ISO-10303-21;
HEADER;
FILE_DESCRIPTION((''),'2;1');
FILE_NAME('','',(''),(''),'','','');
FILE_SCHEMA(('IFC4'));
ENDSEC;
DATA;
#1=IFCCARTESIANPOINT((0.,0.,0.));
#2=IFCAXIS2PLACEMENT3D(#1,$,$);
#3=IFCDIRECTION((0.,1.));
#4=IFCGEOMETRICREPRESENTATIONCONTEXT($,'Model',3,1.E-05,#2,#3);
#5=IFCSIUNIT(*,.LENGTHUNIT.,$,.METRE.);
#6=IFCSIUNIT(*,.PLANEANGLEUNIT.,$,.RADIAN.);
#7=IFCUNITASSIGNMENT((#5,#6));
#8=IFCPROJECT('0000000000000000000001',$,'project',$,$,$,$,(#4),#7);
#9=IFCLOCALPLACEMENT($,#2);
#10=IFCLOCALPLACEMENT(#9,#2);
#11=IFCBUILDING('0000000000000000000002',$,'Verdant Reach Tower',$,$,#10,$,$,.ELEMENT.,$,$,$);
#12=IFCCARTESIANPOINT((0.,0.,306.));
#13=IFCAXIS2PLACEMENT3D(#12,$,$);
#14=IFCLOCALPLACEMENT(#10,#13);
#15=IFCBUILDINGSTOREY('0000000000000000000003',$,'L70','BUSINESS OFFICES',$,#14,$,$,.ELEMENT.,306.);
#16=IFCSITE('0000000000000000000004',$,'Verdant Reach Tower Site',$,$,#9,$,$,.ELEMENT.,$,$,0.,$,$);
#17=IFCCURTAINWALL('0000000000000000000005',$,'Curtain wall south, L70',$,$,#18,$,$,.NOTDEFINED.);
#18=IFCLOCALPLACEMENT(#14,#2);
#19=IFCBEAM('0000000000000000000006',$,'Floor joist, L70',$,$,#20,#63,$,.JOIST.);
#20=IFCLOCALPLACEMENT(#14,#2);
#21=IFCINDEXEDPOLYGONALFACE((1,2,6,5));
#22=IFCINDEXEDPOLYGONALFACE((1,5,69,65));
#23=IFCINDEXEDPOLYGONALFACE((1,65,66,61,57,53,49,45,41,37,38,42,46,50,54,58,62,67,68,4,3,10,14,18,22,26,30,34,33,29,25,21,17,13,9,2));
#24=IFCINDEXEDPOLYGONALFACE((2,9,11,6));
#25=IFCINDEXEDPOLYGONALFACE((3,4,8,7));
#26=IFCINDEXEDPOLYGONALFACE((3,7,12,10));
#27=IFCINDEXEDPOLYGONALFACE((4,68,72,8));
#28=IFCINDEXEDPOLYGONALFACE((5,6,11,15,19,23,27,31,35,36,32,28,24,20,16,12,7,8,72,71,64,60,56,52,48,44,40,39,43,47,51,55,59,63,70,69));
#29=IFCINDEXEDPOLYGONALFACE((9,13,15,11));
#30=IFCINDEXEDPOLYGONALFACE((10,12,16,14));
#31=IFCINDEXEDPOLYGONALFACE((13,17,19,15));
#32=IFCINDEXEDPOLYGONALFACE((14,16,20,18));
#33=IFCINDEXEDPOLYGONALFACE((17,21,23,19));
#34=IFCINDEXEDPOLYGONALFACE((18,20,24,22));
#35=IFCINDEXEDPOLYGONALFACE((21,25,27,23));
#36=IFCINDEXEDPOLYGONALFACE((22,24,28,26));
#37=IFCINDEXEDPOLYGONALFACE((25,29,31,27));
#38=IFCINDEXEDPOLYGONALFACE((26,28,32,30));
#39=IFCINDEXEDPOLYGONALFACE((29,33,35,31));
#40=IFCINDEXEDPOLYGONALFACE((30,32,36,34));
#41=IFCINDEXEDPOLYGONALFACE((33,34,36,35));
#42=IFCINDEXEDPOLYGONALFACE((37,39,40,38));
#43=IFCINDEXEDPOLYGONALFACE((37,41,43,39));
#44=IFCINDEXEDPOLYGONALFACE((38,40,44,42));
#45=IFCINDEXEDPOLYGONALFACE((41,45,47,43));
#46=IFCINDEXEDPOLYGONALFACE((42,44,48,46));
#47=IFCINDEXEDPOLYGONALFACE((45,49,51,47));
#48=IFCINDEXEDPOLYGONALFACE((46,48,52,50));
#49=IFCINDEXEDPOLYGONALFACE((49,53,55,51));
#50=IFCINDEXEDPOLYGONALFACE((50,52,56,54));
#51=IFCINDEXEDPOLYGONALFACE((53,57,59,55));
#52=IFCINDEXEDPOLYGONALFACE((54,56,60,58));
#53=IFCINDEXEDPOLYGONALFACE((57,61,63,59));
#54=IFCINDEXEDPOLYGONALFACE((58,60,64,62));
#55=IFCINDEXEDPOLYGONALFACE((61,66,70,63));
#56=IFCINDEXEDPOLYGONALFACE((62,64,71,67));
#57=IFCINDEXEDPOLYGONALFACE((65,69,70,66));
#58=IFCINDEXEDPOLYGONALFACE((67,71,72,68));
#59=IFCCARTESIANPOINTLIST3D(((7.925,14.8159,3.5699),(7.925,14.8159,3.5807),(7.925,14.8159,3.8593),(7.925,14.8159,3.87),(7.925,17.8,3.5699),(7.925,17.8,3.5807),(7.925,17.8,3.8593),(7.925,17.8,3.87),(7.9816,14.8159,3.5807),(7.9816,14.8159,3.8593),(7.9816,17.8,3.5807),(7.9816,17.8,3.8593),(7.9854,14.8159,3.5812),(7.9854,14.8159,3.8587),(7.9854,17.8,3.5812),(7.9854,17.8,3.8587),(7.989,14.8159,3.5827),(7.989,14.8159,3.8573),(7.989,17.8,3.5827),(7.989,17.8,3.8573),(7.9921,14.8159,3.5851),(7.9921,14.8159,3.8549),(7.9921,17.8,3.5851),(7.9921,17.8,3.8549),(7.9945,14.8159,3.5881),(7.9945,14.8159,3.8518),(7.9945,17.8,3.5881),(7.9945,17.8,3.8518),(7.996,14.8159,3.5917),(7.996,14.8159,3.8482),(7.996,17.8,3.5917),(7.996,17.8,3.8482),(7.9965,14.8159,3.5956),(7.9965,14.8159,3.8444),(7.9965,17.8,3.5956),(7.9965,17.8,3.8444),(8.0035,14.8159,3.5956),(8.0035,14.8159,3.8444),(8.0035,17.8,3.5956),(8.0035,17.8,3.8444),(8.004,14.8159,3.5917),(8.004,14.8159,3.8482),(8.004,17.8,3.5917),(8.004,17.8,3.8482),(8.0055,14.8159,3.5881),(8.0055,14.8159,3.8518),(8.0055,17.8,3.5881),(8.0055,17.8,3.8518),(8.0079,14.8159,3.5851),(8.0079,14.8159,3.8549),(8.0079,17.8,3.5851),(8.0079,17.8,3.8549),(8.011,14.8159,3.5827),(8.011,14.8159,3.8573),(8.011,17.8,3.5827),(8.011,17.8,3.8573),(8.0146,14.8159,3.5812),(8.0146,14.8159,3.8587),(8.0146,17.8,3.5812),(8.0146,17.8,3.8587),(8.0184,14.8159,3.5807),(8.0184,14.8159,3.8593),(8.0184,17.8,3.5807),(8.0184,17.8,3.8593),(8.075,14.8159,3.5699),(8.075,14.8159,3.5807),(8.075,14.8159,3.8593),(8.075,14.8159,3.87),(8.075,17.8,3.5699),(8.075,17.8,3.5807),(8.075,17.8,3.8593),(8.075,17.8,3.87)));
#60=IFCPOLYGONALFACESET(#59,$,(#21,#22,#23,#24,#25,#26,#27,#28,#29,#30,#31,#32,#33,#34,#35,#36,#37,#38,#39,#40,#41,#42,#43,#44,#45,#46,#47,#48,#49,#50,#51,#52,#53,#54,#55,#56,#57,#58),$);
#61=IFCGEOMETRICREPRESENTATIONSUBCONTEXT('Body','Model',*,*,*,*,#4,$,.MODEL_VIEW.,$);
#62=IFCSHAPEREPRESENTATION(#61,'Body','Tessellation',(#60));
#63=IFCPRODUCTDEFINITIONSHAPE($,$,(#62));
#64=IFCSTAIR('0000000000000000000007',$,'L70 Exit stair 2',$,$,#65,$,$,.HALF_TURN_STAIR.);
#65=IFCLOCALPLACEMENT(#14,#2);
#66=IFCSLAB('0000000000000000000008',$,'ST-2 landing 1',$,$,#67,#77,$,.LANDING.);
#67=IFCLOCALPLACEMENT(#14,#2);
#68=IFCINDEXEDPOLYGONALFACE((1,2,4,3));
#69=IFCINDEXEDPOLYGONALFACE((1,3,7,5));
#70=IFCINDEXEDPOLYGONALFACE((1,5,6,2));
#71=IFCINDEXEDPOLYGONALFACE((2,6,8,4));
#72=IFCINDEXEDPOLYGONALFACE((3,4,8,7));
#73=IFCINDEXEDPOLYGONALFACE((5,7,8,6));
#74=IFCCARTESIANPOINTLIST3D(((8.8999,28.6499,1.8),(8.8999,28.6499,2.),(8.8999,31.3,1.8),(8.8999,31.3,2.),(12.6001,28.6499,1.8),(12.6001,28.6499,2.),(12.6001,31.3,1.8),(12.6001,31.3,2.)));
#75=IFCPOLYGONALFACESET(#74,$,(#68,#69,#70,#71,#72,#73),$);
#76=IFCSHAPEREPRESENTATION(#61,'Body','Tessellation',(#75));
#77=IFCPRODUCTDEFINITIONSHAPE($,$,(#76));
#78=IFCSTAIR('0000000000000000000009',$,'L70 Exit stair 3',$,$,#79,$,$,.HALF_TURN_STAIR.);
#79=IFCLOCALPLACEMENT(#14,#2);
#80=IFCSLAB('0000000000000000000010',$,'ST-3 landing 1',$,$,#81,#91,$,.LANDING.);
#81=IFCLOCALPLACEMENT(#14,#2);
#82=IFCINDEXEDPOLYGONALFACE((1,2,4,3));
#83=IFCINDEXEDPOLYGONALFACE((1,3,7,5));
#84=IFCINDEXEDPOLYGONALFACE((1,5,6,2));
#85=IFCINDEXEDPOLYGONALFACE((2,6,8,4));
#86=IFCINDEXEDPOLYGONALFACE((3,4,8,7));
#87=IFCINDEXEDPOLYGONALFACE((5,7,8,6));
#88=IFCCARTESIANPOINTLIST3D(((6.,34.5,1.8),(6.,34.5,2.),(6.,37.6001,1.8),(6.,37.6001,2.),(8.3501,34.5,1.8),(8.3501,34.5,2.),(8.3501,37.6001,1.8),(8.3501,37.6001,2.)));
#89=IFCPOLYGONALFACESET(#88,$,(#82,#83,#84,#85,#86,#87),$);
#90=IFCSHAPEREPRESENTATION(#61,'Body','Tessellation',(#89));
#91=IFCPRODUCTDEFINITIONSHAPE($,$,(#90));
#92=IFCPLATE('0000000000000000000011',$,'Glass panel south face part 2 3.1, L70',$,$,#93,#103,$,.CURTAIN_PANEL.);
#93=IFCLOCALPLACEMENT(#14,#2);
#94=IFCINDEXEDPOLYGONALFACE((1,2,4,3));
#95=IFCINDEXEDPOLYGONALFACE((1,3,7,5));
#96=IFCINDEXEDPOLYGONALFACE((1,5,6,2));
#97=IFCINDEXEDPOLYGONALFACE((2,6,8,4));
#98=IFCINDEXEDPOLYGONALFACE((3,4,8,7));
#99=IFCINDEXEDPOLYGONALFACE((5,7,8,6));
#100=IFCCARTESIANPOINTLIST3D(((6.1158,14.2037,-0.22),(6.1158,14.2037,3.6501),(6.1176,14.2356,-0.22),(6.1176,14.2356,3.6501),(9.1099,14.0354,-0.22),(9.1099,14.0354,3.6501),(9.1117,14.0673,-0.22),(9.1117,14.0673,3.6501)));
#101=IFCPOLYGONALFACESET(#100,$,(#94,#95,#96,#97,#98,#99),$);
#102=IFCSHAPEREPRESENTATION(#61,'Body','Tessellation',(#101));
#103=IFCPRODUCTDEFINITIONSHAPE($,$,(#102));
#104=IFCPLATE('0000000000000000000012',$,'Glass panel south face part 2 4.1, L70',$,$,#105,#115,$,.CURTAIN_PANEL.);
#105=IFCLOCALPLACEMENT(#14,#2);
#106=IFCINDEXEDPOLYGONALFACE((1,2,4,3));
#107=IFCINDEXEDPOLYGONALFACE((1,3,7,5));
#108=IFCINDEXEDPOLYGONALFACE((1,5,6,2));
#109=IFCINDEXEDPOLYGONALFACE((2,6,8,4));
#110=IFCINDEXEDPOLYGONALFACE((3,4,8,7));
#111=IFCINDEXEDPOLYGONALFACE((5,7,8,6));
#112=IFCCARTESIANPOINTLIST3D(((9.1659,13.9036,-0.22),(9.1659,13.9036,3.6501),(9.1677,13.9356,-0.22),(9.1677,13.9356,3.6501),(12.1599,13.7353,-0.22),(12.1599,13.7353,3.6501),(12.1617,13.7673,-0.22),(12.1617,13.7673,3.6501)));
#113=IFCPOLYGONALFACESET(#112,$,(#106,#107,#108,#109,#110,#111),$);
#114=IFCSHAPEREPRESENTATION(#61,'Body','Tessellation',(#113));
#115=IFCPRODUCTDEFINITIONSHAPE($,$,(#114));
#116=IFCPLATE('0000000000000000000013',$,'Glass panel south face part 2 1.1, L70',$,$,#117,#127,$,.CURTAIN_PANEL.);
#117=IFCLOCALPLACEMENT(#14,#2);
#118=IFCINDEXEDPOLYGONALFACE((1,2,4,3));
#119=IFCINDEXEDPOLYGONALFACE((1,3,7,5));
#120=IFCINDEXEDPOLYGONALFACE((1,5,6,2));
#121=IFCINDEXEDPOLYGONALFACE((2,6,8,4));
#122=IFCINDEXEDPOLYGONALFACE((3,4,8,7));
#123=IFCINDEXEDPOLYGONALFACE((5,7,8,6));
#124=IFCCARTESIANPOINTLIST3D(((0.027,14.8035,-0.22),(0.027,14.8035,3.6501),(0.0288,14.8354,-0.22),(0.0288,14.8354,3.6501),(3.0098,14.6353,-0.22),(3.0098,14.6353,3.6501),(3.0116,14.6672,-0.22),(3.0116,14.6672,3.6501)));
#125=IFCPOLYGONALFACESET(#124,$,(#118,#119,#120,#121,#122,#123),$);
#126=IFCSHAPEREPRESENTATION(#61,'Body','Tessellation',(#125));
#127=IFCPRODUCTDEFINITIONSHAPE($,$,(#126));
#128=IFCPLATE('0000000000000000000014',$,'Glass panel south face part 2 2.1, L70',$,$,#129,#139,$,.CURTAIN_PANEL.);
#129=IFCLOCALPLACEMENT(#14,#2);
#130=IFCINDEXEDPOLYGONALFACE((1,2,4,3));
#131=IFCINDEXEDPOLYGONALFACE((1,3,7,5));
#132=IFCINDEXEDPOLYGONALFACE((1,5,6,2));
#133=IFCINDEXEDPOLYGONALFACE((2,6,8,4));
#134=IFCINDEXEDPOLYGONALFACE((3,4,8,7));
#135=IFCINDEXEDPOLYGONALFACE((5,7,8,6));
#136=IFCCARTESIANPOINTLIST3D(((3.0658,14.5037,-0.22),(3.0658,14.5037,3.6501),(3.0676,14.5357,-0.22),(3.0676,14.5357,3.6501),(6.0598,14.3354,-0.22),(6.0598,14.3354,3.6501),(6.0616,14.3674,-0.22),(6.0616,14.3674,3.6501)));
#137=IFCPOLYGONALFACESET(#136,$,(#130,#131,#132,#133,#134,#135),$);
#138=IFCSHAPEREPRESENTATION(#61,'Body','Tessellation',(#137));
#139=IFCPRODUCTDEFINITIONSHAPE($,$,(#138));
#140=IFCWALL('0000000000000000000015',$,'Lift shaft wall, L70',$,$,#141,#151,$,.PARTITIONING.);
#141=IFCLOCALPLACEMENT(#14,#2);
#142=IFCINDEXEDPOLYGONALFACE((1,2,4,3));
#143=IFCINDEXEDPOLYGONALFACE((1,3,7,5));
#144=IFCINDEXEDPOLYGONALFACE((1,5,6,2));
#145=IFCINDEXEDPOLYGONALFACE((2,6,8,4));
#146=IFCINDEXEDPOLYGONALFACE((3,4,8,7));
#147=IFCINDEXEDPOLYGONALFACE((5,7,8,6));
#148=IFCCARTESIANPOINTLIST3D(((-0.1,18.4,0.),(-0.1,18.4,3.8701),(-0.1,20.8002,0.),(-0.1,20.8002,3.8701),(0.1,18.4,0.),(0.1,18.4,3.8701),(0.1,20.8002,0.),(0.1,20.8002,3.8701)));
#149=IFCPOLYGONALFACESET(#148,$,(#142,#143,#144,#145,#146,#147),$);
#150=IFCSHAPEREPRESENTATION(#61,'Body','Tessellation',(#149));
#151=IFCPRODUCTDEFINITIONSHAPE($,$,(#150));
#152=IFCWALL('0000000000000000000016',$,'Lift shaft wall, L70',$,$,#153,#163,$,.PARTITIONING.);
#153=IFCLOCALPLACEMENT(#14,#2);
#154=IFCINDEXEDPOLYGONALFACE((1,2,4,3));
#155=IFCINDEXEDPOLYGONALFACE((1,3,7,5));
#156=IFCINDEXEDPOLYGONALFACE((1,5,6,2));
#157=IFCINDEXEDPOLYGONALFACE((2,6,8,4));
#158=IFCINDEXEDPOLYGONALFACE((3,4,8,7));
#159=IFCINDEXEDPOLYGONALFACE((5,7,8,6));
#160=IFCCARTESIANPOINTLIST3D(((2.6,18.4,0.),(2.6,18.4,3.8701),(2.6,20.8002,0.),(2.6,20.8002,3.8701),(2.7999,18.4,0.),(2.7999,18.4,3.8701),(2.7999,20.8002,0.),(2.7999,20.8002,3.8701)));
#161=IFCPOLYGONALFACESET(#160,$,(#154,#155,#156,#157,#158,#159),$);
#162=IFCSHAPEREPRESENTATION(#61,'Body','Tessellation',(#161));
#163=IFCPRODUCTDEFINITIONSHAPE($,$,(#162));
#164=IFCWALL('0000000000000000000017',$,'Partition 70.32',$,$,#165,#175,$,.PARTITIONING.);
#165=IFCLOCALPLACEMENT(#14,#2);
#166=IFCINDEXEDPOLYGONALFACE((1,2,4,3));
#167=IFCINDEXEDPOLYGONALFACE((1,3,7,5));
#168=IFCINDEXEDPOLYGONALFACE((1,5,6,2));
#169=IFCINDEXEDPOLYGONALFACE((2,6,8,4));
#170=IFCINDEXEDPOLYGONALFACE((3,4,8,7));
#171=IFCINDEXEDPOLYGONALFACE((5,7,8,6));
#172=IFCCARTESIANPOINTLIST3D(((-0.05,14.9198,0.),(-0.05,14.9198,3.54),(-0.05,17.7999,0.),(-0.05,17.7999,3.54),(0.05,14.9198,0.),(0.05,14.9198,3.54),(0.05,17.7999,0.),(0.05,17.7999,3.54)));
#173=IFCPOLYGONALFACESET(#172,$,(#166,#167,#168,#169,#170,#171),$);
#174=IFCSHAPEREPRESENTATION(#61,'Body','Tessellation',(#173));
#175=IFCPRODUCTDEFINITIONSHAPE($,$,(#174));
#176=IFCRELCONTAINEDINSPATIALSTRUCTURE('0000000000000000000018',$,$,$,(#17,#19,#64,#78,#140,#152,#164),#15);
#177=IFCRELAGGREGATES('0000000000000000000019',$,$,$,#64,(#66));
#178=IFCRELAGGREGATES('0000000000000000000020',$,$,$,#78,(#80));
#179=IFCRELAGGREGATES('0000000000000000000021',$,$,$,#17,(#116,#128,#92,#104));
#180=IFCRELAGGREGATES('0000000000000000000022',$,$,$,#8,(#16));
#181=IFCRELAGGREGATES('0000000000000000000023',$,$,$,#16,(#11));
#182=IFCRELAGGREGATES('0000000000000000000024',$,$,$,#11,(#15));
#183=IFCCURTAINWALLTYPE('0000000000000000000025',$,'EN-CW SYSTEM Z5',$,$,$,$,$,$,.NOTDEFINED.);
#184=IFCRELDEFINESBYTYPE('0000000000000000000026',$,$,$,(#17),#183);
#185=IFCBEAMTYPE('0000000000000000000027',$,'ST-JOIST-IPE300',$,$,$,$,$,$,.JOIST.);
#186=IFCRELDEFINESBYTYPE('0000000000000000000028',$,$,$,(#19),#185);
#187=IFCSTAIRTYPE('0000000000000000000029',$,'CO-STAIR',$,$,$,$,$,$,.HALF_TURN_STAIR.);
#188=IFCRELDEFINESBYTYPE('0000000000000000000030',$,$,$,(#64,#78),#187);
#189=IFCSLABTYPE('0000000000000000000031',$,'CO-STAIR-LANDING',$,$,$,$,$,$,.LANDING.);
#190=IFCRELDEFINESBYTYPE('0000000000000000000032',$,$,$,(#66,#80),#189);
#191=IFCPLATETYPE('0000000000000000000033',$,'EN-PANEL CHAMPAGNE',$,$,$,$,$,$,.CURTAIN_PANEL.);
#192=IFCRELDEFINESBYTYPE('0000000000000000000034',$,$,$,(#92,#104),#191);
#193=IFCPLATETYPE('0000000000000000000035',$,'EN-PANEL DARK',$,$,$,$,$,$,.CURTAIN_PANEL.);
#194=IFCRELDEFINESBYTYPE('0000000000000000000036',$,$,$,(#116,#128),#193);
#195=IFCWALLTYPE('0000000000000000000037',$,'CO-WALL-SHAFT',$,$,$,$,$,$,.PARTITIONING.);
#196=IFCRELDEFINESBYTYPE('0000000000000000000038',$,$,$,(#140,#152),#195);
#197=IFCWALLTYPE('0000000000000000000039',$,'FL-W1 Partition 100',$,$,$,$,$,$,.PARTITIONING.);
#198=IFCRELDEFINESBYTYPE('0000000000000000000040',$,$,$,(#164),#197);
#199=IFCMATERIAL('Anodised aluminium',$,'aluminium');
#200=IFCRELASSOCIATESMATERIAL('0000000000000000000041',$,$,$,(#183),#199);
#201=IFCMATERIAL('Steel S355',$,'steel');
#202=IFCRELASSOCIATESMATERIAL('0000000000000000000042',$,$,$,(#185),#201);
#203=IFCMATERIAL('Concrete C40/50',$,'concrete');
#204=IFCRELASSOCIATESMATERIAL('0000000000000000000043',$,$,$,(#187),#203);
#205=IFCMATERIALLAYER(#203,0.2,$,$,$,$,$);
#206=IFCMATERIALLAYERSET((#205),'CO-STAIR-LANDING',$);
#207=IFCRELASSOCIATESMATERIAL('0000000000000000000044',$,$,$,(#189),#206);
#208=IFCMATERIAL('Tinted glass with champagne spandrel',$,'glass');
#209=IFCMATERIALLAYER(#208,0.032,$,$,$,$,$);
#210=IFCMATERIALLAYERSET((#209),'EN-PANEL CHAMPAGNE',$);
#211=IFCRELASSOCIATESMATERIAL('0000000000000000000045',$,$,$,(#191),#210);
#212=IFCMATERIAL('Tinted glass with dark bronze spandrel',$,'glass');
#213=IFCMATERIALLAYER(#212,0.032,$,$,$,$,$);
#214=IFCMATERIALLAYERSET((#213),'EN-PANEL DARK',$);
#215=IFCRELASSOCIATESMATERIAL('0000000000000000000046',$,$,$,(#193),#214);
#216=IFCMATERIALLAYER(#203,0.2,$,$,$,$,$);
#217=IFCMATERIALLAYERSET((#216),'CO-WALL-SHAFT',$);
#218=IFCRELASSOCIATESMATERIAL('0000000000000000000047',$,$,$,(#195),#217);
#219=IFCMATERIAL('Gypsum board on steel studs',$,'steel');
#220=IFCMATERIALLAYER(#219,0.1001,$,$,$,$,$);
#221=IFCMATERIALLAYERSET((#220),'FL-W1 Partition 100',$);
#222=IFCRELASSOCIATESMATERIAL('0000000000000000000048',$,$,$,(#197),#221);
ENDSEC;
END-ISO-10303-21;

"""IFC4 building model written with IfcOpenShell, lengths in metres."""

from ifc_helpers import new_model, si_unit, direction, frame, frame_2d, origin, origin_2d, place, context, subcontext, project, spatial, polyline, rectangle, i_section, outline, extrude, material, layer, layer_set, material_profile, profile_set, type_object, element, aggregate, save


model = new_model("IFC4")

# Units and contexts
model_context = context("Model", 3, precision=1e-05, world=origin(), true_north=direction((0.0, 1.0)))
body_context = subcontext(model_context, "Body", "Model", "MODEL_VIEW")
ifc_project = project(units=[si_unit("LENGTHUNIT", "METRE"), si_unit("PLANEANGLEUNIT", "RADIAN")], contexts=[model_context])

# Site, building, storey
site_placement = place(None, origin())
site = spatial("IfcSite", under=ifc_project, at=site_placement, Name="Verdant Reach Tower Site", CompositionType="ELEMENT", RefElevation=0.0)
building_placement = place(site_placement, origin())
building = spatial("IfcBuilding", under=site, at=building_placement, Name="Verdant Reach Tower", CompositionType="ELEMENT")
storey_placement = place(building_placement, frame((0.0, 0.0, 306.0)))
storey = spatial("IfcBuildingStorey", under=building, at=storey_placement, Name="L70", Description="BUSINESS OFFICES", CompositionType="ELEMENT", Elevation=306.0)

# Curtain wall
ifc_material_1 = material(Name="Anodised aluminium", Category="aluminium")
curtain_wall_type = type_object("IfcCurtainWallType", Name="EN-CW SYSTEM Z5", PredefinedType="NOTDEFINED", material=ifc_material_1)
curtain_wall_placement = place(storey_placement, origin())
curtain_wall = element("IfcCurtainWall", 1, at=curtain_wall_placement, inside=storey, type_object=curtain_wall_type, Name="Curtain wall south, L70", PredefinedType="NOTDEFINED")

# Beam
ifc_material_2 = material(Name="Steel S355", Category="steel")
ifc_material_profile_1 = material_profile(ifc_material_2, i_section(OverallWidth=0.1499, OverallDepth=0.3, WebThickness=0.0071, FlangeThickness=0.0107, FilletRadius=0.0149, at=origin_2d()), Name="IPE 300")
ifc_profile_set_1 = profile_set([ifc_material_profile_1], Name="Steel S355")
beam_type = type_object("IfcBeamType", Name="ST-JOIST-IPE300", PredefinedType="JOIST", material=ifc_profile_set_1)
beam_1_placement = place(storey_placement, frame((8.0, 17.8, 3.72), z_axis=(0.0, -1.0, 0.0), x_axis=(1.0, 0.0, 0.0)))
element("IfcBeam", 2, at=beam_1_placement, inside=storey, type_object=beam_type, Name="Floor joist, L70", PredefinedType="JOIST", context=body_context, shape_type="SweptSolid", body=[
    extrude(i_section(OverallWidth=0.1499, OverallDepth=0.3, WebThickness=0.0071, FlangeThickness=0.0107, FilletRadius=0.0149, at=origin_2d()), origin(), (0.0, 0.0, 1.0), 2.9841),
])

# Stairs, slabs
ifc_material_3 = material(Name="Concrete C40/50", Category="concrete")
stair_type = type_object("IfcStairType", Name="CO-STAIR", PredefinedType="HALF_TURN_STAIR", material=ifc_material_3)
stair_1_placement = place(storey_placement, origin())
stair_1 = element("IfcStair", 3, at=stair_1_placement, inside=storey, type_object=stair_type, Name="L70 Exit stair 2", PredefinedType="HALF_TURN_STAIR")
ifc_layer_1 = layer(ifc_material_3, 0.2)
ifc_layer_set_1 = layer_set([ifc_layer_1], Name="CO-STAIR-LANDING")
slab_type = type_object("IfcSlabType", Name="CO-STAIR-LANDING", PredefinedType="LANDING", material=ifc_layer_set_1)
slab_1_placement = place(storey_placement, frame((0.0, 0.0, 1.8)))
slab_1 = element("IfcSlab", 4, at=slab_1_placement, type_object=slab_type, Name="ST-2 landing 1", PredefinedType="LANDING", context=body_context, shape_type="SweptSolid", body=[
    extrude(outline(polyline([(12.6001, 28.6499), (12.6001, 31.3), (8.8999, 31.3), (8.8999, 28.6499), (12.6001, 28.6499)])), origin(), (0.0, 0.0, 1.0), 0.2),
])
aggregate(stair_1, [slab_1])
stair_2_placement = place(storey_placement, origin())
stair_2 = element("IfcStair", 5, at=stair_2_placement, inside=storey, type_object=stair_type, Name="L70 Exit stair 3", PredefinedType="HALF_TURN_STAIR")
slab_2_placement = place(storey_placement, frame((0.0, 0.0, 1.8)))
slab_2 = element("IfcSlab", 6, at=slab_2_placement, type_object=slab_type, Name="ST-3 landing 1", PredefinedType="LANDING", context=body_context, shape_type="SweptSolid", body=[
    extrude(outline(polyline([(8.3501, 37.6001), (6.0, 37.6001), (6.0, 34.5), (8.3501, 34.5), (8.3501, 37.6001)])), origin(), (0.0, 0.0, 1.0), 0.2),
])
aggregate(stair_2, [slab_2])

# Plates
ifc_material_4 = material(Name="Tinted glass with champagne spandrel", Category="glass")
ifc_layer_2 = layer(ifc_material_4, 0.032)
ifc_layer_set_2 = layer_set([ifc_layer_2], Name="EN-PANEL CHAMPAGNE")
plate_type_1 = type_object("IfcPlateType", Name="EN-PANEL CHAMPAGNE", PredefinedType="CURTAIN_PANEL", material=ifc_layer_set_2)
plate_1_placement = place(storey_placement, frame((7.6138, 14.1355, -0.22), z_axis=(0.0, 0.0, 1.0), x_axis=(0.998424, -0.056128, 0.0)))
plate_1 = element("IfcPlate", 7, at=plate_1_placement, type_object=plate_type_1, Name="Glass panel south face part 2 3.1, L70", PredefinedType="CURTAIN_PANEL", context=body_context, shape_type="SweptSolid", body=[
    extrude(rectangle(XDim=2.9988, YDim=0.032, at=origin_2d()), origin(), (0.0, 0.0, 1.0), 3.8701),
])
plate_2_placement = place(storey_placement, frame((10.6638, 13.8354, -0.22), z_axis=(0.0, 0.0, 1.0), x_axis=(0.998424, -0.056128, 0.0)))
plate_2 = element("IfcPlate", 8, at=plate_2_placement, type_object=plate_type_1, Name="Glass panel south face part 2 4.1, L70", PredefinedType="CURTAIN_PANEL", context=body_context, shape_type="SweptSolid", body=[
    extrude(rectangle(XDim=2.9988, YDim=0.032, at=origin_2d()), origin(), (0.0, 0.0, 1.0), 3.8701),
])
ifc_material_5 = material(Name="Tinted glass with dark bronze spandrel", Category="glass")
ifc_layer_3 = layer(ifc_material_5, 0.032)
ifc_layer_set_3 = layer_set([ifc_layer_3], Name="EN-PANEL DARK")
plate_type_2 = type_object("IfcPlateType", Name="EN-PANEL DARK", PredefinedType="CURTAIN_PANEL", material=ifc_layer_set_3)
plate_3_placement = place(storey_placement, frame((1.5193, 14.7354, -0.22), z_axis=(0.0, 0.0, 1.0), x_axis=(0.998413, -0.056308, 0.0)))
plate_3 = element("IfcPlate", 9, at=plate_3_placement, type_object=plate_type_2, Name="Glass panel south face part 2 1.1, L70", PredefinedType="CURTAIN_PANEL", context=body_context, shape_type="SweptSolid", body=[
    extrude(rectangle(XDim=2.9875, YDim=0.032, at=origin_2d()), origin(), (0.0, 0.0, 1.0), 3.8701),
])
plate_4_placement = place(storey_placement, frame((4.5637, 14.4355, -0.22), z_axis=(0.0, 0.0, 1.0), x_axis=(0.998424, -0.056128, 0.0)))
plate_4 = element("IfcPlate", 10, at=plate_4_placement, type_object=plate_type_2, Name="Glass panel south face part 2 2.1, L70", PredefinedType="CURTAIN_PANEL", context=body_context, shape_type="SweptSolid", body=[
    extrude(rectangle(XDim=2.9988, YDim=0.032, at=origin_2d()), origin(), (0.0, 0.0, 1.0), 3.8701),
])
aggregate(curtain_wall, [plate_3, plate_4, plate_1, plate_2])

# Walls
ifc_layer_4 = layer(ifc_material_3, 0.2)
ifc_layer_set_4 = layer_set([ifc_layer_4], Name="CO-WALL-SHAFT")
wall_type_1 = type_object("IfcWallType", Name="CO-WALL-SHAFT", PredefinedType="PARTITIONING", material=ifc_layer_set_4)
for number, where, z_axis, x_axis, name in (
    (11, (0.0, 18.3999, 0.0), (0.0, 0.0, 1.0), (0.0, 1.0, 0.0), "Lift shaft wall, L70"),
    (12, (2.7, 18.3999, 0.0), (0.0, 0.0, 1.0), (0.0, 1.0, 0.0), "Lift shaft wall, L70"),
):
    element("IfcWall", number, at=place(storey_placement, frame(where, z_axis=z_axis, x_axis=x_axis)), inside=storey, type_object=wall_type_1, Name=name, PredefinedType="PARTITIONING", context=body_context, shape_type="SweptSolid", body=[
        extrude(rectangle(XDim=2.4001, YDim=0.2, at=frame_2d((1.2002, 0.0))), origin(), (0.0, 0.0, 1.0), 3.8701),
    ])
ifc_material_6 = material(Name="Gypsum board on steel studs", Category="steel")
ifc_layer_5 = layer(ifc_material_6, 0.1001)
ifc_layer_set_5 = layer_set([ifc_layer_5], Name="FL-W1 Partition 100")
wall_type_2 = type_object("IfcWallType", Name="FL-W1 Partition 100", PredefinedType="PARTITIONING", material=ifc_layer_set_5)
wall_1_placement = place(storey_placement, frame((0.0, 14.9199, 0.0), z_axis=(0.0, 0.0, 1.0), x_axis=(0.0, 1.0, 0.0)))
element("IfcWall", 13, at=wall_1_placement, inside=storey, type_object=wall_type_2, Name="Partition 70.32", PredefinedType="PARTITIONING", context=body_context, shape_type="SweptSolid", body=[
    extrude(rectangle(XDim=2.8801, YDim=0.1001, at=frame_2d((1.4399, 0.0))), origin(), (0.0, 0.0, 1.0), 3.54),
])

save(model, "model.ifc")
